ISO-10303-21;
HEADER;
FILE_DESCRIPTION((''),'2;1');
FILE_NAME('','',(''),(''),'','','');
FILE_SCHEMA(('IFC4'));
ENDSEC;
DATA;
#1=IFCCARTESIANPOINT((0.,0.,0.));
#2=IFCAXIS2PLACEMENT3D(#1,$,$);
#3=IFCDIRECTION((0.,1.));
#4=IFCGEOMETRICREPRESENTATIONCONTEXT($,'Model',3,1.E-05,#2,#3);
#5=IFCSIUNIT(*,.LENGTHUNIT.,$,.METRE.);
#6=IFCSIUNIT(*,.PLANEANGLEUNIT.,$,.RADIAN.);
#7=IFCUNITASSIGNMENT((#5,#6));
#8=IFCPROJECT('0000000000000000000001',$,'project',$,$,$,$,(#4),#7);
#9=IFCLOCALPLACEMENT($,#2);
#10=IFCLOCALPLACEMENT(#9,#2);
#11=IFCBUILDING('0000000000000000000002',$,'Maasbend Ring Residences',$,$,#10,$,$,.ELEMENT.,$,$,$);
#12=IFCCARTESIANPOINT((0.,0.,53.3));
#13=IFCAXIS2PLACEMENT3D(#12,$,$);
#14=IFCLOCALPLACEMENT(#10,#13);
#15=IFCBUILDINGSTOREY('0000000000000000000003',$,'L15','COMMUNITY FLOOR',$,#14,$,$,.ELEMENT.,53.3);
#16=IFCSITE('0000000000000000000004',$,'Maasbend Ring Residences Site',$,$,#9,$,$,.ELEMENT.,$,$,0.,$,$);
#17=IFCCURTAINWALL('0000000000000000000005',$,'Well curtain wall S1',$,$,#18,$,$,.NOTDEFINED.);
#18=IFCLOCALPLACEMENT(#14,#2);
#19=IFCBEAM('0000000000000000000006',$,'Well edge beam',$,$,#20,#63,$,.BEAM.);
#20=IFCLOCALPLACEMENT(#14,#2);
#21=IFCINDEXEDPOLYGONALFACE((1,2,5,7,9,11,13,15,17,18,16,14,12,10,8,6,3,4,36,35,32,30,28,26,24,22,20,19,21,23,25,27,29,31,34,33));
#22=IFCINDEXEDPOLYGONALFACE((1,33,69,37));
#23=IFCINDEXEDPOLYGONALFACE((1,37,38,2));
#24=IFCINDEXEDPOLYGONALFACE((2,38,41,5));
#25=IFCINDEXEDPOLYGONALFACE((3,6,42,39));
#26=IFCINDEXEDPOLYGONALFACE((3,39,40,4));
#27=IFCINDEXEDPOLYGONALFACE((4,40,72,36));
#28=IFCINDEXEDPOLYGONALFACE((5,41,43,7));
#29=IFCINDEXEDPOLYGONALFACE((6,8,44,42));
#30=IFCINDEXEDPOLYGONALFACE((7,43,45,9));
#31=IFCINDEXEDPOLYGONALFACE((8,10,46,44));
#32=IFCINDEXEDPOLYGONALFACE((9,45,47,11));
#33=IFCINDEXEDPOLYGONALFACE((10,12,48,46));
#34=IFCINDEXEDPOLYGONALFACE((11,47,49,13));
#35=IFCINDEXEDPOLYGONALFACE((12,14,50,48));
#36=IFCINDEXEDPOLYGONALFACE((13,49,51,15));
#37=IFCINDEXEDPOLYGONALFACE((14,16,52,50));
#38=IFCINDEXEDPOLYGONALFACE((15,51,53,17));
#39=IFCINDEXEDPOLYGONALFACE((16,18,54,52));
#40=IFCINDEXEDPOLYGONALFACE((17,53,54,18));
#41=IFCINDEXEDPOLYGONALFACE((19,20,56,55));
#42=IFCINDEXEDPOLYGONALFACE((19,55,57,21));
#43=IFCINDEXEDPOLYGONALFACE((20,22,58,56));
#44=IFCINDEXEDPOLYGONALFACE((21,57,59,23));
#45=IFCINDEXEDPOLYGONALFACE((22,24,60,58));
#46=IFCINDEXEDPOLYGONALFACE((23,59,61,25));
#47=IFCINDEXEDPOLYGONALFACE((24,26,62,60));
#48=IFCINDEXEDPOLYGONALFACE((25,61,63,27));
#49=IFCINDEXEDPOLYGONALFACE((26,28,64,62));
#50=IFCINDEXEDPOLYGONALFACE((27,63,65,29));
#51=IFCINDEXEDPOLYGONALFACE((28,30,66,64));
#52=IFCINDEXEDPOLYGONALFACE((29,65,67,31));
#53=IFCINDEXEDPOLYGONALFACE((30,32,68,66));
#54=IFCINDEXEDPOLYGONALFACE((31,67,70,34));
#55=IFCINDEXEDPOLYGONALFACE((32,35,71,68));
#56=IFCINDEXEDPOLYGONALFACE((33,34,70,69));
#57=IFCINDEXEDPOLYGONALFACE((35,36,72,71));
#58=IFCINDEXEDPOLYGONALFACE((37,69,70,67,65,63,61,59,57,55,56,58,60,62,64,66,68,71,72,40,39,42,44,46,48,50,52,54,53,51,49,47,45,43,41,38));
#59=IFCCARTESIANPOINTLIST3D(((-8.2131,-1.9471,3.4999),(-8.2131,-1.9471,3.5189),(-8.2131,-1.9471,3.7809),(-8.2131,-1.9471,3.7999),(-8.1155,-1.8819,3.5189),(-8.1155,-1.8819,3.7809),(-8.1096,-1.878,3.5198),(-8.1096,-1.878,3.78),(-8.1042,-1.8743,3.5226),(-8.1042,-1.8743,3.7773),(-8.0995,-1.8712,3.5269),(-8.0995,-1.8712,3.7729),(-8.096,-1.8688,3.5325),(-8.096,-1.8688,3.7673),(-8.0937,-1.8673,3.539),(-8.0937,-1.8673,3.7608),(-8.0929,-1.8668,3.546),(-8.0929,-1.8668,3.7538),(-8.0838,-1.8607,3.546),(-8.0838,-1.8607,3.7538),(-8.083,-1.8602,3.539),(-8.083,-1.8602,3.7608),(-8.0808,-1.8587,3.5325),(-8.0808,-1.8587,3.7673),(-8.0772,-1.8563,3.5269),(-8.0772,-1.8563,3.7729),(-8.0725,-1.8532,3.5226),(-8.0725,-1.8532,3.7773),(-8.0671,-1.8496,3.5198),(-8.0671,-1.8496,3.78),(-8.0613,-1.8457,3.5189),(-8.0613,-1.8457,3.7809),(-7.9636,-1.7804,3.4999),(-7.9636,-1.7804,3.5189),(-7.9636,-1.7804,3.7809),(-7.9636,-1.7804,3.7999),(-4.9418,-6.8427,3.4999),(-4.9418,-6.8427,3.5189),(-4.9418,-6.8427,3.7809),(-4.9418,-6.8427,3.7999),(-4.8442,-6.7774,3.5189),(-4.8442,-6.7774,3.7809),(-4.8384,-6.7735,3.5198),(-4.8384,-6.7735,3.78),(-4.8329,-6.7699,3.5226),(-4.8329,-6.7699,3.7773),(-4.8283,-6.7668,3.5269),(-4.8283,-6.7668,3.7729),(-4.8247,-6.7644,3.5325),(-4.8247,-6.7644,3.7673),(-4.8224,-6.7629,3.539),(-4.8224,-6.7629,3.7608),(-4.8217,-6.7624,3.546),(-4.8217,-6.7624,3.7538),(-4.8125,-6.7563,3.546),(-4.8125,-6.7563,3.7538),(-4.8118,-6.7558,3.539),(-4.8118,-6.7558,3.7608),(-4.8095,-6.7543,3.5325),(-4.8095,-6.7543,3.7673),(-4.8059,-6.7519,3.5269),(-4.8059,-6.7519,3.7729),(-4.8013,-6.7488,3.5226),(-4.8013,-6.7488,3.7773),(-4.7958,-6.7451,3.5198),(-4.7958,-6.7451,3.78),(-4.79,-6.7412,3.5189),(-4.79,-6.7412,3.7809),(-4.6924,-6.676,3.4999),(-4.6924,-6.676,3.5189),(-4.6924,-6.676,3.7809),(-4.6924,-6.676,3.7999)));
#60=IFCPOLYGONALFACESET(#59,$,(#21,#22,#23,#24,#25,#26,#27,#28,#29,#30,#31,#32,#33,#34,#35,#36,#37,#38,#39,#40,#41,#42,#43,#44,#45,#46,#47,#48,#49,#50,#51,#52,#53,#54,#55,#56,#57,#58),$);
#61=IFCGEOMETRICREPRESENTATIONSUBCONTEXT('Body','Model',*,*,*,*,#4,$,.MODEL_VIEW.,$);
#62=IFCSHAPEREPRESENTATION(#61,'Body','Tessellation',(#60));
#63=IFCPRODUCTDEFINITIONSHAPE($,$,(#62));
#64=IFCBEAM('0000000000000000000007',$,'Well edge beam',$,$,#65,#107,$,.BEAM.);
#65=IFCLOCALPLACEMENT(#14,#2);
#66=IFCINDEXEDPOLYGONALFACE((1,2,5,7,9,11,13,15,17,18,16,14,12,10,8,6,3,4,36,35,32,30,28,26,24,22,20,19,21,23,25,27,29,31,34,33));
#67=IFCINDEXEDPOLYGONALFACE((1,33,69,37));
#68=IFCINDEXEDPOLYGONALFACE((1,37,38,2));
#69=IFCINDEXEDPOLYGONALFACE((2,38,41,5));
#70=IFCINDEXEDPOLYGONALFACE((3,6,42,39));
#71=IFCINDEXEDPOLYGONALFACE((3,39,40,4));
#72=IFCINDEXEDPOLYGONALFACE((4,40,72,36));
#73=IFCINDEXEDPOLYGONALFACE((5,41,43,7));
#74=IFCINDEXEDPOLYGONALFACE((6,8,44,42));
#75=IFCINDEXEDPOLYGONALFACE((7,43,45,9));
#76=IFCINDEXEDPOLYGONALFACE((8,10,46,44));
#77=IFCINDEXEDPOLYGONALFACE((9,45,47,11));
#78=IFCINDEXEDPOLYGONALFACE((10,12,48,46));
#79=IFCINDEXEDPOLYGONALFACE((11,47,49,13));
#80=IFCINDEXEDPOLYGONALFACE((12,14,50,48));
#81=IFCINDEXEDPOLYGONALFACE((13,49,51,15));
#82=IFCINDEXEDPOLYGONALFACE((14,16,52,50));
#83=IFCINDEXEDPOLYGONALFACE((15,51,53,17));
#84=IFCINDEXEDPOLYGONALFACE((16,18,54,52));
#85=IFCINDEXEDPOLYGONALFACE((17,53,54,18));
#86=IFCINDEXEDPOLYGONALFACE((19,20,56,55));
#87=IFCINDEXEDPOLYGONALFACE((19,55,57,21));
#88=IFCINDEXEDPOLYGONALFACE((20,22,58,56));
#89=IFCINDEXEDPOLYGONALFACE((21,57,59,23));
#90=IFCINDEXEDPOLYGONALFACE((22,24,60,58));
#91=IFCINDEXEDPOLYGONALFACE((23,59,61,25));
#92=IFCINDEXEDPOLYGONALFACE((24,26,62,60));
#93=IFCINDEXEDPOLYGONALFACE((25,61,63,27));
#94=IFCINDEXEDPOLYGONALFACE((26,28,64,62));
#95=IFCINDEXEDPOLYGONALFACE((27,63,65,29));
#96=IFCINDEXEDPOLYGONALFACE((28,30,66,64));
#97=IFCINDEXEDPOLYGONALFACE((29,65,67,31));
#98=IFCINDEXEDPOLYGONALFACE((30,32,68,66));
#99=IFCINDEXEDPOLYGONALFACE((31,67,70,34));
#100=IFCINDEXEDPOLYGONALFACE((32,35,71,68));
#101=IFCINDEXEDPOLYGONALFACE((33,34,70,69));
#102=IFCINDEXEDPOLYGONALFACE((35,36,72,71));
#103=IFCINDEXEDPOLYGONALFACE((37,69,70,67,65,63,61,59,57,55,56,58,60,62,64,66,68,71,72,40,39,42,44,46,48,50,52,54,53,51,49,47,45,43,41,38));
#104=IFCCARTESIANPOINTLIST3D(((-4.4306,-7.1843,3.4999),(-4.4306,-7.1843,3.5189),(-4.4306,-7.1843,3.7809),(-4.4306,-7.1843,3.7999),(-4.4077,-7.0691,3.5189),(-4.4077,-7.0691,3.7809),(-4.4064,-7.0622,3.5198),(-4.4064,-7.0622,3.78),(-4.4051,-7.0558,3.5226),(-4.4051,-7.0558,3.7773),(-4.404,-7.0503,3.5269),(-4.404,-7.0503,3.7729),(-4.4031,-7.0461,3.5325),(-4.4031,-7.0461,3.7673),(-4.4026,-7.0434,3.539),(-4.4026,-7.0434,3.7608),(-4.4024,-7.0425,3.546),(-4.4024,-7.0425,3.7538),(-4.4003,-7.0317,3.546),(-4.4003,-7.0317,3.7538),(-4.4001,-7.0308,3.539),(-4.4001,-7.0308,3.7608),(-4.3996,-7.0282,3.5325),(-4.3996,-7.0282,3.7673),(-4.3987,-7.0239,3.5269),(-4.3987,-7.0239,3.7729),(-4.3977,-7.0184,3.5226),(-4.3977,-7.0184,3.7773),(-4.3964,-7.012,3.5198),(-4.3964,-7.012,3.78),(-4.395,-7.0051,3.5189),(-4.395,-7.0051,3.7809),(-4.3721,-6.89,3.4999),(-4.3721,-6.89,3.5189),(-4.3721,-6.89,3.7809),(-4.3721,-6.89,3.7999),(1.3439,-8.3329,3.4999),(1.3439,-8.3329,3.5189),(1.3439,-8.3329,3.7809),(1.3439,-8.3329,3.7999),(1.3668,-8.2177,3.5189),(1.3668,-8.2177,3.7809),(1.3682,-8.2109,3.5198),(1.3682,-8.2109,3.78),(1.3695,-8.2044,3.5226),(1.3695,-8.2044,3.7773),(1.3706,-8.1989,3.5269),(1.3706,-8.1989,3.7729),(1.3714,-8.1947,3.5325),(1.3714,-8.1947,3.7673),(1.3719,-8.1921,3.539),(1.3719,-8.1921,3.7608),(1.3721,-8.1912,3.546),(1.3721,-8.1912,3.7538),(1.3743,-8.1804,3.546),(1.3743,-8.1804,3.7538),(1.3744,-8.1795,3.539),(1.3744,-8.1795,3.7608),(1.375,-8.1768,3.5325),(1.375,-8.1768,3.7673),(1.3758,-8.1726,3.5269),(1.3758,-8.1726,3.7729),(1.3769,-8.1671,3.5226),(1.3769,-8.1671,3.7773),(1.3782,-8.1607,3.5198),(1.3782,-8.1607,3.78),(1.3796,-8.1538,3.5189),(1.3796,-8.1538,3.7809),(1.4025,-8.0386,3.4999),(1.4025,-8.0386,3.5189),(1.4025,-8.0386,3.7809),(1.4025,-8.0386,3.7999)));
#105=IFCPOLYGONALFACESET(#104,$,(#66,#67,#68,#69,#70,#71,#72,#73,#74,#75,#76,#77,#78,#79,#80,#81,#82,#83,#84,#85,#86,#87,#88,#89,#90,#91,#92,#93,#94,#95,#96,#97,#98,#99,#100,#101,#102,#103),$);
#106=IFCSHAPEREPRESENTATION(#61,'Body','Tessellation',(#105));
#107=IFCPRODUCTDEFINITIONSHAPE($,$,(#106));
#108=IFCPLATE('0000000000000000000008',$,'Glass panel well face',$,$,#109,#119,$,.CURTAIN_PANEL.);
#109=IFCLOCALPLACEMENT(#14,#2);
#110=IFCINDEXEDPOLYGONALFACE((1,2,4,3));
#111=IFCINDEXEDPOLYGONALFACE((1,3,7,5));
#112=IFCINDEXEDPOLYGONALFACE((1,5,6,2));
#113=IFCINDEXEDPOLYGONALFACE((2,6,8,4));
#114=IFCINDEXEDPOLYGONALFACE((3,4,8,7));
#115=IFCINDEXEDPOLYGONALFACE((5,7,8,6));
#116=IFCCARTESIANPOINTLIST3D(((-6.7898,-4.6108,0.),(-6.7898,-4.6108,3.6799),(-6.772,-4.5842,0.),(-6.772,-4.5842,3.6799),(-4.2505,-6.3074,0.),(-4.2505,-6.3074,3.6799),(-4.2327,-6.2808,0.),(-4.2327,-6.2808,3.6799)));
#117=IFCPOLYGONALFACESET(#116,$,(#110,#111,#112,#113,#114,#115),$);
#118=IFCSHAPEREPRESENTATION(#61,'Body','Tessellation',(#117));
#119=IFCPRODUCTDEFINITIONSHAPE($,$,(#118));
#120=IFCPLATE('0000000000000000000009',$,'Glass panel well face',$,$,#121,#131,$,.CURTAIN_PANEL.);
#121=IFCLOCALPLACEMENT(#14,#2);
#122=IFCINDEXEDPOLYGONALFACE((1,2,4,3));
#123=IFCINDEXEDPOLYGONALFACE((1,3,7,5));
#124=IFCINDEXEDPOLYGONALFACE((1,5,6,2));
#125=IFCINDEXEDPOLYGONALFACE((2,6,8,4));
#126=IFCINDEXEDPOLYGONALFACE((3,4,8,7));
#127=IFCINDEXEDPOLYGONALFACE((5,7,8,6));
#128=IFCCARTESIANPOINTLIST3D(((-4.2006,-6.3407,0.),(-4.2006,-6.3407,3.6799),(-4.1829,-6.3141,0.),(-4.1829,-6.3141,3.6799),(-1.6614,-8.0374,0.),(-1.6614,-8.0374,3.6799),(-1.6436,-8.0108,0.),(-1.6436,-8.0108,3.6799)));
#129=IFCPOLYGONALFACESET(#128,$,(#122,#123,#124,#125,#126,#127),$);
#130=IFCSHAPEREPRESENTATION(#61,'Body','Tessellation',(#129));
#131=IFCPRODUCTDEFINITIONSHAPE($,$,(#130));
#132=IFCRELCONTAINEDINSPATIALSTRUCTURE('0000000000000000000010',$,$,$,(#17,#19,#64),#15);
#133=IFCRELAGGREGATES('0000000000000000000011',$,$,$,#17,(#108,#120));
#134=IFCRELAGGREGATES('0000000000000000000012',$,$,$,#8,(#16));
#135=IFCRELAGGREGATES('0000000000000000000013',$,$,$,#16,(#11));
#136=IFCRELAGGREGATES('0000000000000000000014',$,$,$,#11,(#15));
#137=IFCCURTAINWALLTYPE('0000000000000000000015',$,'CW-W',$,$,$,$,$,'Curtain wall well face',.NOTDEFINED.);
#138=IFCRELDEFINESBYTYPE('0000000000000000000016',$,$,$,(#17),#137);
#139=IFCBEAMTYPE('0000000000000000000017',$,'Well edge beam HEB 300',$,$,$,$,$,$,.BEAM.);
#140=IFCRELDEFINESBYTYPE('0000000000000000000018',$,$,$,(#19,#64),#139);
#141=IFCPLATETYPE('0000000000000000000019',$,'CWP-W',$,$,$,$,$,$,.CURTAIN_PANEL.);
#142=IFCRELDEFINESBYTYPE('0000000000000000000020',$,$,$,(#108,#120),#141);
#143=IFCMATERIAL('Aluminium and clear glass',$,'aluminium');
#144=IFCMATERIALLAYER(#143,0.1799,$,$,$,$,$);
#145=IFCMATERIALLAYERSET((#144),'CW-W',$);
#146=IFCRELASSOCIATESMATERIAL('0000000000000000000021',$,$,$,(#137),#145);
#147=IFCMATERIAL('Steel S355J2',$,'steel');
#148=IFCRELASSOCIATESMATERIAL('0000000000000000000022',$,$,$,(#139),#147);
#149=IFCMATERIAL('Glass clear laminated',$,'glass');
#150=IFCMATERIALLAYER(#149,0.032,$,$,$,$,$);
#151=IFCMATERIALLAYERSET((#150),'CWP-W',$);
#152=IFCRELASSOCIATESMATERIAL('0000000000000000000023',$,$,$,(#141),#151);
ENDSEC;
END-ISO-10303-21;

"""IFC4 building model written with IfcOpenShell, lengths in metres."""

from ifc_helpers import new_model, si_unit, direction, frame, origin, origin_2d, place, context, subcontext, project, spatial, rectangle, i_section, extrude, material, layer, layer_set, material_profile, profile_set, type_object, element, aggregate, save


model = new_model("IFC4")

# Units and contexts
model_context = context("Model", 3, precision=1e-05, world=origin(), true_north=direction((0.0, 1.0)))
body_context = subcontext(model_context, "Body", "Model", "MODEL_VIEW")
ifc_project = project(units=[si_unit("LENGTHUNIT", "METRE"), si_unit("PLANEANGLEUNIT", "RADIAN")], contexts=[model_context])

# Site, building, storey
site_placement = place(None, origin())
site = spatial("IfcSite", under=ifc_project, at=site_placement, Name="Maasbend Ring Residences Site", CompositionType="ELEMENT", RefElevation=0.0)
building_placement = place(site_placement, origin())
building = spatial("IfcBuilding", under=site, at=building_placement, Name="Maasbend Ring Residences", CompositionType="ELEMENT")
storey_placement = place(building_placement, frame((0.0, 0.0, 53.3)))
storey = spatial("IfcBuildingStorey", under=building, at=storey_placement, Name="L15", Description="COMMUNITY FLOOR", CompositionType="ELEMENT", Elevation=53.3)

# Curtain wall
ifc_material_1 = material(Name="Aluminium and clear glass", Category="aluminium")
ifc_layer_1 = layer(ifc_material_1, 0.1799)
ifc_layer_set_1 = layer_set([ifc_layer_1], Name="CW-W")
curtain_wall_type = type_object("IfcCurtainWallType", Name="CW-W", ElementType="Curtain wall well face", PredefinedType="NOTDEFINED", material=ifc_layer_set_1)
curtain_wall_1_placement = place(storey_placement, origin())
curtain_wall_1 = element("IfcCurtainWall", 1, at=curtain_wall_1_placement, inside=storey, type_object=curtain_wall_type, Name="Well curtain wall S1", PredefinedType="NOTDEFINED")

# Beams
ifc_material_2 = material(Name="Steel S355J2", Category="steel")
ifc_material_profile_1 = material_profile(ifc_material_2, i_section(OverallWidth=0.3, OverallDepth=0.3, WebThickness=0.011, FlangeThickness=0.019, FilletRadius=0.0271, at=origin_2d()), Name="HEB 300")
ifc_profile_set_1 = profile_set([ifc_material_profile_1], Name="Steel S355J2")
beam_type = type_object("IfcBeamType", Name="Well edge beam HEB 300", PredefinedType="BEAM", material=ifc_profile_set_1)
beam_1_placement = place(storey_placement, frame((-8.0884, -1.8638, 3.6499), z_axis=(0.55559, -0.831457, 0.0), x_axis=(0.831457, 0.55559, 0.0)))
element("IfcBeam", 2, at=beam_1_placement, inside=storey, type_object=beam_type, Name="Well edge beam", PredefinedType="BEAM", context=body_context, shape_type="SweptSolid", body=[
    extrude(i_section(OverallWidth=0.3, OverallDepth=0.3, WebThickness=0.011, FlangeThickness=0.019, FilletRadius=0.0271, at=origin_2d()), origin(), (0.0, 0.0, 1.0), 5.8879),
])
beam_2_placement = place(storey_placement, frame((-4.4014, -7.0371, 3.6499), z_axis=(0.980784, -0.195095, 0.0), x_axis=(0.195095, 0.980784, 0.0)))
element("IfcBeam", 3, at=beam_2_placement, inside=storey, type_object=beam_type, Name="Well edge beam", PredefinedType="BEAM", context=body_context, shape_type="SweptSolid", body=[
    extrude(i_section(OverallWidth=0.3, OverallDepth=0.3, WebThickness=0.011, FlangeThickness=0.019, FilletRadius=0.0271, at=origin_2d()), origin(), (0.0, 0.0, 1.0), 5.8877),
])

# Plates
ifc_material_3 = material(Name="Glass clear laminated", Category="glass")
ifc_layer_2 = layer(ifc_material_3, 0.032)
ifc_layer_set_2 = layer_set([ifc_layer_2], Name="CWP-W")
plate_type = type_object("IfcPlateType", Name="CWP-W", PredefinedType="CURTAIN_PANEL", material=ifc_layer_set_2)
plate_1_placement = place(storey_placement, frame((-5.5112, -5.4458, 0.0), z_axis=(0.0, 0.0, 1.0), x_axis=(0.83147, -0.55557, 0.0)))
plate_1 = element("IfcPlate", 4, at=plate_1_placement, type_object=plate_type, Name="Glass panel well face", PredefinedType="CURTAIN_PANEL", context=body_context, shape_type="SweptSolid", body=[
    extrude(rectangle(XDim=3.054, YDim=0.032, at=origin_2d()), origin(), (0.0, 0.0, 1.0), 3.6799),
])
plate_2_placement = place(storey_placement, frame((-2.9221, -7.1758, 0.0), z_axis=(0.0, 0.0, 1.0), x_axis=(0.83147, -0.55557, 0.0)))
plate_2 = element("IfcPlate", 5, at=plate_2_placement, type_object=plate_type, Name="Glass panel well face", PredefinedType="CURTAIN_PANEL", context=body_context, shape_type="SweptSolid", body=[
    extrude(rectangle(XDim=3.054, YDim=0.032, at=origin_2d()), origin(), (0.0, 0.0, 1.0), 3.6799),
])
aggregate(curtain_wall_1, [plate_1, plate_2])

save(model, "model.ifc")
